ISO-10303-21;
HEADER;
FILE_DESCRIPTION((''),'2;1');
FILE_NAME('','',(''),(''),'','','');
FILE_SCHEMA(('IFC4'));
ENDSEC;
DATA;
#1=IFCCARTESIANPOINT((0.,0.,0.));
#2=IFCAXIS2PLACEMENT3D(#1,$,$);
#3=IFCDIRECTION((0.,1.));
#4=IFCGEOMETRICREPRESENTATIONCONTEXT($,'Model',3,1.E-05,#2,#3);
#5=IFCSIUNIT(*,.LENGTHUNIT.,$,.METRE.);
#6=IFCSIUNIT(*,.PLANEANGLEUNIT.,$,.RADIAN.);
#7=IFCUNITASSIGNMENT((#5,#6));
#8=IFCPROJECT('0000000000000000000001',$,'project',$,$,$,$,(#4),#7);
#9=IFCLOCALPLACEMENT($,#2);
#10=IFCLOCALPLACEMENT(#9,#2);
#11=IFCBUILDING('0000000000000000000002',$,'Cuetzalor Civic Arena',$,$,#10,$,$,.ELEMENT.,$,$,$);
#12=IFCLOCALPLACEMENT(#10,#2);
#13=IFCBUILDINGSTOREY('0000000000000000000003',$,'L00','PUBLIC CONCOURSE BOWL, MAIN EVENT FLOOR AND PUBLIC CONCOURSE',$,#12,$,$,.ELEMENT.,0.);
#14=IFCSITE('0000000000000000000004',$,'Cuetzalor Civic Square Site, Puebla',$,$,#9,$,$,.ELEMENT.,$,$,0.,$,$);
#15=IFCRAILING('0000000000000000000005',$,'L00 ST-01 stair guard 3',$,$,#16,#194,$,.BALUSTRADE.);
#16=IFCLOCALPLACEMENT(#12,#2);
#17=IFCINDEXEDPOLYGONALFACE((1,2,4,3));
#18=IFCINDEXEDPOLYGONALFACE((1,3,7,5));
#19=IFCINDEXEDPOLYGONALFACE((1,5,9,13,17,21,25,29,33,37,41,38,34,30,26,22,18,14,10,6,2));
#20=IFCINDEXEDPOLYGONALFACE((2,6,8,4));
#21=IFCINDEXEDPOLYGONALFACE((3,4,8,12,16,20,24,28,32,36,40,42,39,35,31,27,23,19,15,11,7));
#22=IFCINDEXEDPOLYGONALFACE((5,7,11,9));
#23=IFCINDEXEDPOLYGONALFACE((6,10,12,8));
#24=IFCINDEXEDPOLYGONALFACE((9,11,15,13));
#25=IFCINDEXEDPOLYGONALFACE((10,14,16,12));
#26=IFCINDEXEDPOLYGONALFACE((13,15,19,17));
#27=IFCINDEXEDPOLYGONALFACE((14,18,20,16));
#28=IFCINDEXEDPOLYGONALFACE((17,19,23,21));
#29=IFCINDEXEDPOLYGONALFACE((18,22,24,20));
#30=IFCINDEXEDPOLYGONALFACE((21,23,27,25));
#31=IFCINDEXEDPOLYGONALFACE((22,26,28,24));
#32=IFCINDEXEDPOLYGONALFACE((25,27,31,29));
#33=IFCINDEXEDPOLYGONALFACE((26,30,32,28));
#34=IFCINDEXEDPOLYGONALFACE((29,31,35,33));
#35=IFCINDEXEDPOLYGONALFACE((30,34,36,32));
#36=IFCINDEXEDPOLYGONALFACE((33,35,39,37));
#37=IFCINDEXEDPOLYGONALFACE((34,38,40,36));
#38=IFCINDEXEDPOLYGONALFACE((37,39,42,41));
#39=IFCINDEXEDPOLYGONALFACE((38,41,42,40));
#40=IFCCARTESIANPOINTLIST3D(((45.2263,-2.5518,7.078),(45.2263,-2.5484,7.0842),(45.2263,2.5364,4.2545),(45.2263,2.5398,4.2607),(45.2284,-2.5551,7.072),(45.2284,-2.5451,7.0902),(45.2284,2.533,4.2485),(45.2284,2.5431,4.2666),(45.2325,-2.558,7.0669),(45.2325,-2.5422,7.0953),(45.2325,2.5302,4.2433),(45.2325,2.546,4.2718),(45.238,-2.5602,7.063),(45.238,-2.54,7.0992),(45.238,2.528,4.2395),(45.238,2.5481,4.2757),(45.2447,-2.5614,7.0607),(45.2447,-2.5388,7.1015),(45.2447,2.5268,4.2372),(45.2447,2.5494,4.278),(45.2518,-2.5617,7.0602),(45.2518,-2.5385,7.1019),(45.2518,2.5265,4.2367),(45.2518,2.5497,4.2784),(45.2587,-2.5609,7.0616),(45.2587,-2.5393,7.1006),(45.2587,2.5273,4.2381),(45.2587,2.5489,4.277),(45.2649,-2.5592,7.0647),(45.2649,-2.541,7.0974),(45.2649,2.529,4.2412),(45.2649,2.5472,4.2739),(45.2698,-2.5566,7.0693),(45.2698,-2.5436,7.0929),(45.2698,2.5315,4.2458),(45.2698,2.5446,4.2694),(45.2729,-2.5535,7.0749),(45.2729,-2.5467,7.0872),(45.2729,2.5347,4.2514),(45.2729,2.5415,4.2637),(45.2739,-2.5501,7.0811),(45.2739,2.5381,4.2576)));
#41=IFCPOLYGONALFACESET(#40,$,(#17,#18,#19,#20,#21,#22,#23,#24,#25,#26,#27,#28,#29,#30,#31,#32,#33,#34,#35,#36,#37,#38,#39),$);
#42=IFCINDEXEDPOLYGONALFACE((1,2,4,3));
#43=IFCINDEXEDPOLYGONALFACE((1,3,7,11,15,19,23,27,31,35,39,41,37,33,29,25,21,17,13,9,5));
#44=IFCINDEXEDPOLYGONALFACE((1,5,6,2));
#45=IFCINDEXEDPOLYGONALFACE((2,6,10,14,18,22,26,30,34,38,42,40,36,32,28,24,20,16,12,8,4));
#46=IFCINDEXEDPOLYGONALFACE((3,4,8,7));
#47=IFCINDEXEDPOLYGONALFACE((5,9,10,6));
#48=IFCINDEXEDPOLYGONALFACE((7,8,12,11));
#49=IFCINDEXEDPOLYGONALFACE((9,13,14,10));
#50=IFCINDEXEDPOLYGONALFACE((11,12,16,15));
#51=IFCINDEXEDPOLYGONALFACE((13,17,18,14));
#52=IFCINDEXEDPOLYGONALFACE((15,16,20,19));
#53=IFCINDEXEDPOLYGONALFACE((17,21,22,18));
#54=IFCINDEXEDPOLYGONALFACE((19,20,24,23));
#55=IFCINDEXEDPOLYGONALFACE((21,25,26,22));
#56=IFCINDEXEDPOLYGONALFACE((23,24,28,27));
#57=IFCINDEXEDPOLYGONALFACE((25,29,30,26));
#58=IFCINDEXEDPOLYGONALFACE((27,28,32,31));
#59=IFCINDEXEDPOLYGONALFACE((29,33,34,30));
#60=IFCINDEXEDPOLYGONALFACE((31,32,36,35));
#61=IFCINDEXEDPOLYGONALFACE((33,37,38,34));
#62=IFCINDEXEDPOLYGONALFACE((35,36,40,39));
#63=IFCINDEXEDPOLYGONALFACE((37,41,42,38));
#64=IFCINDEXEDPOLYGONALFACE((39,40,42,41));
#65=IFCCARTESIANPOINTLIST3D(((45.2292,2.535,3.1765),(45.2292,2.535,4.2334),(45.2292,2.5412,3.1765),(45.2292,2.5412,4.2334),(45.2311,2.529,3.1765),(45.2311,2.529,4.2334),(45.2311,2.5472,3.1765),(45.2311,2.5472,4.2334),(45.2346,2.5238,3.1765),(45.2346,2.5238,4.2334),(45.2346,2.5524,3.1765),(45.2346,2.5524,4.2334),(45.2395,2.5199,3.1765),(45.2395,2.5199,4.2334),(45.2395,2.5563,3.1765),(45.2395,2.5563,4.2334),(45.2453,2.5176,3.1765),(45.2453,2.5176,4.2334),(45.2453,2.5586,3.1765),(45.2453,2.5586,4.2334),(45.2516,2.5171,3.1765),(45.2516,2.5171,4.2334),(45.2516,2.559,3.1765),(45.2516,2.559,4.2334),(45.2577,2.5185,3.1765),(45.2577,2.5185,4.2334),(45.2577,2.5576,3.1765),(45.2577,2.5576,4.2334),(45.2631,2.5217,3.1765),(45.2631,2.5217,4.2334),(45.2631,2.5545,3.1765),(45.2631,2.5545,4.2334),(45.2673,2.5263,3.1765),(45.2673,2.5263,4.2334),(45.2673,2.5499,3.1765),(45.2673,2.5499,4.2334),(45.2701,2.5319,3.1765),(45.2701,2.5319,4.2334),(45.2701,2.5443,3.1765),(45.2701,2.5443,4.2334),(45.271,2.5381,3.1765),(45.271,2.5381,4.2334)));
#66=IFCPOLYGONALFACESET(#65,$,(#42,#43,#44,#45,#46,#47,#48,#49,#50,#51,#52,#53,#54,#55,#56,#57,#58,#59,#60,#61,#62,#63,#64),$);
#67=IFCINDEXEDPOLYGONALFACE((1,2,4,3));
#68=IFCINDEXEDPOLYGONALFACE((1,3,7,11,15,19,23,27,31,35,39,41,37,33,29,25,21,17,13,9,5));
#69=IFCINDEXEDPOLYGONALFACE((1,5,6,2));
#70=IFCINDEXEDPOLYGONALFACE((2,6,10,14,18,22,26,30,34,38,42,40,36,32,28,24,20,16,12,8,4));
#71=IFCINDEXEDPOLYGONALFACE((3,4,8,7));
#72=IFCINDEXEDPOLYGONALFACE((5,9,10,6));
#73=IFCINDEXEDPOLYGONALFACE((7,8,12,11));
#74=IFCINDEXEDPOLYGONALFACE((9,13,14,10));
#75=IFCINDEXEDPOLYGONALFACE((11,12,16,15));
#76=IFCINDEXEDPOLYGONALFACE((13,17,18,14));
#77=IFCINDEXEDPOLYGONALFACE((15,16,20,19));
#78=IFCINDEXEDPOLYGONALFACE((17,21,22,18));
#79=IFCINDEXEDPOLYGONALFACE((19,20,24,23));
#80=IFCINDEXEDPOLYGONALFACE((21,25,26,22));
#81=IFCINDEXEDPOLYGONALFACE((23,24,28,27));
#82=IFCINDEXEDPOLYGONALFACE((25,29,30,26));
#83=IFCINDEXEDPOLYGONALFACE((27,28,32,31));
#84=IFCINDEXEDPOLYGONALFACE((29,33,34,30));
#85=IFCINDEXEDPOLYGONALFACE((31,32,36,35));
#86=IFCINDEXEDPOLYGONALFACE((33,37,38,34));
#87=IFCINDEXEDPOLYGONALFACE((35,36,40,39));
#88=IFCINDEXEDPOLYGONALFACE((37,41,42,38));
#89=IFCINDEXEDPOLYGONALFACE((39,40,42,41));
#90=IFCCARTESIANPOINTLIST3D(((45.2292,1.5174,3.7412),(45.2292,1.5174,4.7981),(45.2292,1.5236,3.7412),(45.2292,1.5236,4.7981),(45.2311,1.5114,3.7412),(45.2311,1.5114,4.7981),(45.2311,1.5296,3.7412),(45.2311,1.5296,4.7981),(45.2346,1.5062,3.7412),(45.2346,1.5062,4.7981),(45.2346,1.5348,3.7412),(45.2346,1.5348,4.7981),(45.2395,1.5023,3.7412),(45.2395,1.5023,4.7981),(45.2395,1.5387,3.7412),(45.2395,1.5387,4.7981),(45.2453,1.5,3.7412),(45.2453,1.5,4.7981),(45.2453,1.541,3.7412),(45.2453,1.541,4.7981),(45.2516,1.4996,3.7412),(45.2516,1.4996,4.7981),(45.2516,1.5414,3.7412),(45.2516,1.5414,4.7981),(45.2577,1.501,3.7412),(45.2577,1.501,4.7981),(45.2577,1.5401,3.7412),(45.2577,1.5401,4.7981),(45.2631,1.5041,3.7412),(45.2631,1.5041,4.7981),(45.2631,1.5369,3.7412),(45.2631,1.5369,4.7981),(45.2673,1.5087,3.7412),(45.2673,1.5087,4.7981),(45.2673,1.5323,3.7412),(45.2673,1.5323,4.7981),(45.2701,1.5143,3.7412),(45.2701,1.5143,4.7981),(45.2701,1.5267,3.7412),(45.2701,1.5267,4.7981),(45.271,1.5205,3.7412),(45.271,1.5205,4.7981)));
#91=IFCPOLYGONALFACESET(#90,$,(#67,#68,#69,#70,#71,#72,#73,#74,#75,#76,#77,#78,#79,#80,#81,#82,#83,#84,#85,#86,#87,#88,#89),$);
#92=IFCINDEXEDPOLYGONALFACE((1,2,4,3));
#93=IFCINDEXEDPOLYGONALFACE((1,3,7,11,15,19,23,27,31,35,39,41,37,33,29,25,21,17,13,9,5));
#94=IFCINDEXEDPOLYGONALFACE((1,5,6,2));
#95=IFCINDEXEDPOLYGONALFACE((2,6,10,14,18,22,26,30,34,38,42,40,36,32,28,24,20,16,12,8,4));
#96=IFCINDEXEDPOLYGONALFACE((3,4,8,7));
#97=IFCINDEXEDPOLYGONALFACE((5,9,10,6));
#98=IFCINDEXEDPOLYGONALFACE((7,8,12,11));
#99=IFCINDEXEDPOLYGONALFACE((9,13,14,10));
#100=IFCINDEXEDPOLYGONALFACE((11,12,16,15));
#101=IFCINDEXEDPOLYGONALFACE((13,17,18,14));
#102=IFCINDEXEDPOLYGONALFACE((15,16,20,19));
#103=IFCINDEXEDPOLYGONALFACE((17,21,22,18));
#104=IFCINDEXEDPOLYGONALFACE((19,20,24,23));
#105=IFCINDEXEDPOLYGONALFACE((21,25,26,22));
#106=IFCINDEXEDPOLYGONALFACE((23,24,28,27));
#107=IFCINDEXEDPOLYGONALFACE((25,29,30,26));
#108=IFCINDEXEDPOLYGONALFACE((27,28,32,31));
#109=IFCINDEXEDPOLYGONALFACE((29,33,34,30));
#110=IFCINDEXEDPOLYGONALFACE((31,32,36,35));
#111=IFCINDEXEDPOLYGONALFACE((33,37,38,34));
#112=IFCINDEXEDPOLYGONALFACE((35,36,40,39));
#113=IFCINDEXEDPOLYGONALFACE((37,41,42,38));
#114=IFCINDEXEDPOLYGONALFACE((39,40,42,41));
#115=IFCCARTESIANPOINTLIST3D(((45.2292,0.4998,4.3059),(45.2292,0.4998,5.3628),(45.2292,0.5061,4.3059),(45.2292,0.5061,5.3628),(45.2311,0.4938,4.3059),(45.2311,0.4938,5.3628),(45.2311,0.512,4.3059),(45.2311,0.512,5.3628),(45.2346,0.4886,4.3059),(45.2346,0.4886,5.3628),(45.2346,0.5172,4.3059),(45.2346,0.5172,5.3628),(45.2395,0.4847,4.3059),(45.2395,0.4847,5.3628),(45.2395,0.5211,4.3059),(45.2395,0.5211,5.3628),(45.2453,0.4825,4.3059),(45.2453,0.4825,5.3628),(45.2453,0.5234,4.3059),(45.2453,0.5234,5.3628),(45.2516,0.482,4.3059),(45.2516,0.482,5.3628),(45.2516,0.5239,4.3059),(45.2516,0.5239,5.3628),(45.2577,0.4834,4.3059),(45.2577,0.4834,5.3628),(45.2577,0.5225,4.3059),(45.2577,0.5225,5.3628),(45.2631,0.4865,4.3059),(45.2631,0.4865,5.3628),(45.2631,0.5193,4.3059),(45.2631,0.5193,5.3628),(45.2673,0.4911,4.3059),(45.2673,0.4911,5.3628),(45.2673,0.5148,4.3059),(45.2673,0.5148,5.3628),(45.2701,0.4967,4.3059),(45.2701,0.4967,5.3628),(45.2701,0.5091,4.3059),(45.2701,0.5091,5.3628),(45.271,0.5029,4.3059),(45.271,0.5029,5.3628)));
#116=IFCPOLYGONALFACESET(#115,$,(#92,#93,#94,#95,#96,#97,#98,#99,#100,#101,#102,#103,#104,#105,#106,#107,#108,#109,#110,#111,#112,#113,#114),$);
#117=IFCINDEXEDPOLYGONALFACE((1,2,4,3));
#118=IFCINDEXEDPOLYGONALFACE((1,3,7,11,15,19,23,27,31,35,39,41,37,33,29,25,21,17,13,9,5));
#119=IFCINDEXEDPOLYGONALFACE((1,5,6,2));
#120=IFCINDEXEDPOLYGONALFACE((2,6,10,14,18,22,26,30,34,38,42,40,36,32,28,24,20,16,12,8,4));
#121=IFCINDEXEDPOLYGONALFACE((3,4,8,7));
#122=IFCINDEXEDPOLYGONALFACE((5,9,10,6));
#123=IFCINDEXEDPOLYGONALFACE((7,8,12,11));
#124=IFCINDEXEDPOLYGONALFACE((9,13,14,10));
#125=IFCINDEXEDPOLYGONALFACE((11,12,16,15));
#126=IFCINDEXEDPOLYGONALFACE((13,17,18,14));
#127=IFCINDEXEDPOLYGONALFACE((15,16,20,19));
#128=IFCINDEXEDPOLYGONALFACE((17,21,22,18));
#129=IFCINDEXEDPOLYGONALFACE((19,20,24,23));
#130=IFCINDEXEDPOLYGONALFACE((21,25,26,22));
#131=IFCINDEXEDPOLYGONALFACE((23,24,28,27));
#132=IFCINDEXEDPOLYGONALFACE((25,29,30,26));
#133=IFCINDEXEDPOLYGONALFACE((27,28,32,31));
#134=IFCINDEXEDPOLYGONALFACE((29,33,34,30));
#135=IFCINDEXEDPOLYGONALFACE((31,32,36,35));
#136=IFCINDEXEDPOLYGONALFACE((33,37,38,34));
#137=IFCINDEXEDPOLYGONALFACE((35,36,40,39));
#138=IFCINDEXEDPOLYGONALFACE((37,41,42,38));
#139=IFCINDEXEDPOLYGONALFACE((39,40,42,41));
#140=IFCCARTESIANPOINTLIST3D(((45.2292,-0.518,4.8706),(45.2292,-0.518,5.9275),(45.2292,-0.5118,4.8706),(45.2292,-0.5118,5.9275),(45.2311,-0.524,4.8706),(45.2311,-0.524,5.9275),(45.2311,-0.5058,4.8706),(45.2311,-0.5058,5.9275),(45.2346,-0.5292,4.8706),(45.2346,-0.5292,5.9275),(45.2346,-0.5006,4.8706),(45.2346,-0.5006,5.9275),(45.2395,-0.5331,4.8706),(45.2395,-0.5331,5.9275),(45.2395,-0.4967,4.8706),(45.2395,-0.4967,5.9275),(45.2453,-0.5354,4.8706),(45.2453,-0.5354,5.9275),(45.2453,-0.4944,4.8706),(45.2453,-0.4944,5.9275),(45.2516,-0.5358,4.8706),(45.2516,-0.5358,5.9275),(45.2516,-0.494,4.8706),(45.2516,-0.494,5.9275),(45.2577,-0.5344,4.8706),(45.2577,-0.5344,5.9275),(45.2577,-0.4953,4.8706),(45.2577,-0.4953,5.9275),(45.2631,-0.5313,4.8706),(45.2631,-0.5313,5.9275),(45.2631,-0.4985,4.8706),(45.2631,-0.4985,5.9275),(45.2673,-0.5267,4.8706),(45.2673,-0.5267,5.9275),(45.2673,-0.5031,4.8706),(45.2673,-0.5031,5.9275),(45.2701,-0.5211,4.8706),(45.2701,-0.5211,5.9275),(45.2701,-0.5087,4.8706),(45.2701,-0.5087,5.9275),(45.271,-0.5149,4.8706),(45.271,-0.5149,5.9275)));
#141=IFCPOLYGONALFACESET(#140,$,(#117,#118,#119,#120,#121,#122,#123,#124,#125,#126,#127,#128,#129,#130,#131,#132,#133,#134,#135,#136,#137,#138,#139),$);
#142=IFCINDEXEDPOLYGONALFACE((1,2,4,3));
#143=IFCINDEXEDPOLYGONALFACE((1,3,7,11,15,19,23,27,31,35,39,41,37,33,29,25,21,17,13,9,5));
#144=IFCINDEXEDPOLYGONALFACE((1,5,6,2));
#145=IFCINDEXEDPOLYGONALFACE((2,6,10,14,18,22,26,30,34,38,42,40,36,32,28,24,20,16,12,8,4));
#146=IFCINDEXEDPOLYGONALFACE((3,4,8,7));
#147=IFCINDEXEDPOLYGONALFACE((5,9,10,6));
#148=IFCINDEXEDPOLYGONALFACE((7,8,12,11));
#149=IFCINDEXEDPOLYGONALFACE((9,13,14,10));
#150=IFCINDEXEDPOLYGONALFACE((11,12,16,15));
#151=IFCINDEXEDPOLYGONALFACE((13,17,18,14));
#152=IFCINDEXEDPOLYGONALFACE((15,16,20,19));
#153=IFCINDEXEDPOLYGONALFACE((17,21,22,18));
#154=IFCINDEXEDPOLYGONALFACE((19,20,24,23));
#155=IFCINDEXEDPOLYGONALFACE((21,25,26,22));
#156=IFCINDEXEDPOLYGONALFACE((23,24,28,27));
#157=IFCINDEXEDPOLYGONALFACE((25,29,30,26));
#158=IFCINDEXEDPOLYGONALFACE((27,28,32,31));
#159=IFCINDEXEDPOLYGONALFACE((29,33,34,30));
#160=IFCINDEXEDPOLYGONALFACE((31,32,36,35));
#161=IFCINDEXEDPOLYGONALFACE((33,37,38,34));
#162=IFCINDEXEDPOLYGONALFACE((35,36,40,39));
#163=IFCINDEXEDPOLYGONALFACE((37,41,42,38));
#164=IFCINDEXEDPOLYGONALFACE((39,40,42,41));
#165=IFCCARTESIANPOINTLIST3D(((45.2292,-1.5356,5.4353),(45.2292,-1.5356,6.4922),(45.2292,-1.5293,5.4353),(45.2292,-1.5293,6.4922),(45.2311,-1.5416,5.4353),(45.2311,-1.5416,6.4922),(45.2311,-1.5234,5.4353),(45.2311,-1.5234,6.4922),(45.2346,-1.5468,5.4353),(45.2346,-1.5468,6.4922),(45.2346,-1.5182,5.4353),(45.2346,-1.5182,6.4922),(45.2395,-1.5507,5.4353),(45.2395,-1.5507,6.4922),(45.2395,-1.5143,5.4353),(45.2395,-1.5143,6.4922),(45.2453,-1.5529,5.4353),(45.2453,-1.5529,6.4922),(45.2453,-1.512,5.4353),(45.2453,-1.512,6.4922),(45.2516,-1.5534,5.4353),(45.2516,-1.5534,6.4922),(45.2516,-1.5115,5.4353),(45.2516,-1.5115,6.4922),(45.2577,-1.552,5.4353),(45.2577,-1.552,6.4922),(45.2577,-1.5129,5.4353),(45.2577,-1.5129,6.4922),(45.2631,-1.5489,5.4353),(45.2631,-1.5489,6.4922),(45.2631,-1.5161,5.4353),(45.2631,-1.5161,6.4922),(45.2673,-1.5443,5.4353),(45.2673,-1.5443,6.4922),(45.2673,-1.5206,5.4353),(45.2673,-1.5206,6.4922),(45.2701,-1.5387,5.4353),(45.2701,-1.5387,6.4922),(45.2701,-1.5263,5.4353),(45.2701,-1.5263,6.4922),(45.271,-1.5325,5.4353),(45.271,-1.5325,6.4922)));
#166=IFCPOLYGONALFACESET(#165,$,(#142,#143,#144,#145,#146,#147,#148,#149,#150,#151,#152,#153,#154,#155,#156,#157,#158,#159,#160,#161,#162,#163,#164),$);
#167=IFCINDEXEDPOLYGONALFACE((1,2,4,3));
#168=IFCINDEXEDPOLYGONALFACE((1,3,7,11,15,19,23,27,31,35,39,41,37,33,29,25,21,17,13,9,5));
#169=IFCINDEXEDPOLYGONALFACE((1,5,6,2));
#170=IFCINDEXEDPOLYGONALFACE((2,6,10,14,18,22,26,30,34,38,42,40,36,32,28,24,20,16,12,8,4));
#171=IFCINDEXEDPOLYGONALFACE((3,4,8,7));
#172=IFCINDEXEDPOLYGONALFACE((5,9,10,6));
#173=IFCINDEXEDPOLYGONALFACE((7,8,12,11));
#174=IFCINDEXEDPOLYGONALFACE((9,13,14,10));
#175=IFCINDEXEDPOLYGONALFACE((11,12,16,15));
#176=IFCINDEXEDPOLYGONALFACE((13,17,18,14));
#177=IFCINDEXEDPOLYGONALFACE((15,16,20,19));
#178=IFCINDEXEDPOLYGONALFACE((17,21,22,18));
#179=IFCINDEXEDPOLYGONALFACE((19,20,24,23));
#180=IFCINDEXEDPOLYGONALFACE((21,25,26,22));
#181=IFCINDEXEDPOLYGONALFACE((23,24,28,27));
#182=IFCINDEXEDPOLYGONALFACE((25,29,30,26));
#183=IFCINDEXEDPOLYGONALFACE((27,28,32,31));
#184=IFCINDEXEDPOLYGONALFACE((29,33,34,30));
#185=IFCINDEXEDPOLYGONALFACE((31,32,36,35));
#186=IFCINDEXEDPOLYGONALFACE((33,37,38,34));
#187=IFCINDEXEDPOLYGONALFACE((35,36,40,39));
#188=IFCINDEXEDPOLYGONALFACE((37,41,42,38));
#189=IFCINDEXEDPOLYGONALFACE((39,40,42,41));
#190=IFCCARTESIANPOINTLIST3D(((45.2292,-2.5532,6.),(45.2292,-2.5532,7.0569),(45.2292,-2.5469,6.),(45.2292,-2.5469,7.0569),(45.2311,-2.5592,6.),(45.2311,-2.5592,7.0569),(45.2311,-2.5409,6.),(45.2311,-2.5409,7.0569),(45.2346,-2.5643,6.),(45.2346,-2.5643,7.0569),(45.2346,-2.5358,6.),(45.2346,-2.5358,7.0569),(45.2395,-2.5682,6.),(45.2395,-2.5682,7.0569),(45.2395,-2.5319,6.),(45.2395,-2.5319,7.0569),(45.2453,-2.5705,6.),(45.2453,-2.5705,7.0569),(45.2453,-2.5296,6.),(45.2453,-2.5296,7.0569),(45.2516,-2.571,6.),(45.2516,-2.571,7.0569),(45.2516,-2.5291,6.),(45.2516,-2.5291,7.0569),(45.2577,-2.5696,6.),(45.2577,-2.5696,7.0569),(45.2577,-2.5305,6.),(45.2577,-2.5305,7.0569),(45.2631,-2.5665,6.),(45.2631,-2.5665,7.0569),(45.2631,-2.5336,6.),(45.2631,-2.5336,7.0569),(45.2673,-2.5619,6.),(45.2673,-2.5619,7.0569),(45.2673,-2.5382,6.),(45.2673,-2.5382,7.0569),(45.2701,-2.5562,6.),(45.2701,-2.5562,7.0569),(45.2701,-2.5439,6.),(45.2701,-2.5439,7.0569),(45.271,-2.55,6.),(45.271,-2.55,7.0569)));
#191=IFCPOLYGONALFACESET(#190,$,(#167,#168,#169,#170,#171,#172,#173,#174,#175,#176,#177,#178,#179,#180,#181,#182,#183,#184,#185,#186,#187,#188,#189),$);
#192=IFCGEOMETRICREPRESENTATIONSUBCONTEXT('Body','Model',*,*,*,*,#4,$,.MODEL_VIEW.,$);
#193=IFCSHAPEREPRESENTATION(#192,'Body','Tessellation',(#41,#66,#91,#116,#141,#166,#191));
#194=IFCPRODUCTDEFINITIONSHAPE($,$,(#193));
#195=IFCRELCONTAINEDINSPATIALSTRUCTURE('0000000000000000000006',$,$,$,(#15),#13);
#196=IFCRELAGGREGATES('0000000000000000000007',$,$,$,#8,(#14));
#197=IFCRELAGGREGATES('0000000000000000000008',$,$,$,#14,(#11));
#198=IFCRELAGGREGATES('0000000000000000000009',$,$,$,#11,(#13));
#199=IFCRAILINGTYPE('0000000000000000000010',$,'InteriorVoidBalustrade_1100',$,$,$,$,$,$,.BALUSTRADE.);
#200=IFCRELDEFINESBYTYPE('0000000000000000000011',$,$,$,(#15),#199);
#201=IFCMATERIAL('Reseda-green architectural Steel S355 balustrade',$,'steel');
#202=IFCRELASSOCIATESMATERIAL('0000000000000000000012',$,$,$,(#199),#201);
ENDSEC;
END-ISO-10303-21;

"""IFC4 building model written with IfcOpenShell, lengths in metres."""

from ifc_helpers import new_model, si_unit, direction, frame, origin, origin_2d, place, context, subcontext, project, spatial, circle, extrude, material, type_object, element, save


model = new_model("IFC4")

# Units and contexts
model_context = context("Model", 3, precision=1e-05, world=origin(), true_north=direction((0.0, 1.0)))
body_context = subcontext(model_context, "Body", "Model", "MODEL_VIEW")
ifc_project = project(units=[si_unit("LENGTHUNIT", "METRE"), si_unit("PLANEANGLEUNIT", "RADIAN")], contexts=[model_context])

# Site, building, storey
site_placement = place(None, origin())
site = spatial("IfcSite", under=ifc_project, at=site_placement, Name="Cuetzalor Civic Square Site, Puebla", CompositionType="ELEMENT", RefElevation=0.0)
building_placement = place(site_placement, origin())
building = spatial("IfcBuilding", under=site, at=building_placement, Name="Cuetzalor Civic Arena", CompositionType="ELEMENT")
storey_placement = place(building_placement, origin())
storey = spatial("IfcBuildingStorey", under=building, at=storey_placement, Name="L00", Description="PUBLIC CONCOURSE BOWL, MAIN EVENT FLOOR AND PUBLIC CONCOURSE", CompositionType="ELEMENT", Elevation=0.0)

# Railing
ifc_material_1 = material(Name="Reseda-green architectural Steel S355 balustrade", Category="steel")
railing_type_1 = type_object("IfcRailingType", Name="InteriorVoidBalustrade_1100", PredefinedType="BALUSTRADE", material=ifc_material_1)
railing_1_placement = place(storey_placement, frame((45.25, 2.5381, 3.1765)))
element("IfcRailing", 1, at=railing_1_placement, inside=storey, type_object=railing_type_1, Name="L00 ST-01 stair guard 3", PredefinedType="BALUSTRADE", context=body_context, shape_type="SweptSolid", body=[
    extrude(circle(Radius=0.0239, at=origin_2d()), frame((0.0, 0.0, 1.0811), z_axis=(0.0, -0.874395, 0.485215), x_axis=(1.0, 0.0, 0.0)), (0.0, 0.0, 1.0), 5.8191),
    extrude(circle(Radius=0.021, at=origin_2d()), origin(), (0.0, 0.0, 1.0), 1.0569),
    extrude(circle(Radius=0.021, at=origin_2d()), frame((0.0, -1.0176, 0.5647)), (0.0, 0.0, 1.0), 1.0569),
    extrude(circle(Radius=0.021, at=origin_2d()), frame((0.0, -2.0352, 1.1294)), (0.0, 0.0, 1.0), 1.0569),
    extrude(circle(Radius=0.021, at=origin_2d()), frame((0.0, -3.053, 1.6941)), (0.0, 0.0, 1.0), 1.0569),
    extrude(circle(Radius=0.021, at=origin_2d()), frame((0.0, -4.0706, 2.2588)), (0.0, 0.0, 1.0), 1.0569),
    extrude(circle(Radius=0.021, at=origin_2d()), frame((0.0, -5.0881, 2.8235)), (0.0, 0.0, 1.0), 1.0569),
])

save(model, "model.ifc")
